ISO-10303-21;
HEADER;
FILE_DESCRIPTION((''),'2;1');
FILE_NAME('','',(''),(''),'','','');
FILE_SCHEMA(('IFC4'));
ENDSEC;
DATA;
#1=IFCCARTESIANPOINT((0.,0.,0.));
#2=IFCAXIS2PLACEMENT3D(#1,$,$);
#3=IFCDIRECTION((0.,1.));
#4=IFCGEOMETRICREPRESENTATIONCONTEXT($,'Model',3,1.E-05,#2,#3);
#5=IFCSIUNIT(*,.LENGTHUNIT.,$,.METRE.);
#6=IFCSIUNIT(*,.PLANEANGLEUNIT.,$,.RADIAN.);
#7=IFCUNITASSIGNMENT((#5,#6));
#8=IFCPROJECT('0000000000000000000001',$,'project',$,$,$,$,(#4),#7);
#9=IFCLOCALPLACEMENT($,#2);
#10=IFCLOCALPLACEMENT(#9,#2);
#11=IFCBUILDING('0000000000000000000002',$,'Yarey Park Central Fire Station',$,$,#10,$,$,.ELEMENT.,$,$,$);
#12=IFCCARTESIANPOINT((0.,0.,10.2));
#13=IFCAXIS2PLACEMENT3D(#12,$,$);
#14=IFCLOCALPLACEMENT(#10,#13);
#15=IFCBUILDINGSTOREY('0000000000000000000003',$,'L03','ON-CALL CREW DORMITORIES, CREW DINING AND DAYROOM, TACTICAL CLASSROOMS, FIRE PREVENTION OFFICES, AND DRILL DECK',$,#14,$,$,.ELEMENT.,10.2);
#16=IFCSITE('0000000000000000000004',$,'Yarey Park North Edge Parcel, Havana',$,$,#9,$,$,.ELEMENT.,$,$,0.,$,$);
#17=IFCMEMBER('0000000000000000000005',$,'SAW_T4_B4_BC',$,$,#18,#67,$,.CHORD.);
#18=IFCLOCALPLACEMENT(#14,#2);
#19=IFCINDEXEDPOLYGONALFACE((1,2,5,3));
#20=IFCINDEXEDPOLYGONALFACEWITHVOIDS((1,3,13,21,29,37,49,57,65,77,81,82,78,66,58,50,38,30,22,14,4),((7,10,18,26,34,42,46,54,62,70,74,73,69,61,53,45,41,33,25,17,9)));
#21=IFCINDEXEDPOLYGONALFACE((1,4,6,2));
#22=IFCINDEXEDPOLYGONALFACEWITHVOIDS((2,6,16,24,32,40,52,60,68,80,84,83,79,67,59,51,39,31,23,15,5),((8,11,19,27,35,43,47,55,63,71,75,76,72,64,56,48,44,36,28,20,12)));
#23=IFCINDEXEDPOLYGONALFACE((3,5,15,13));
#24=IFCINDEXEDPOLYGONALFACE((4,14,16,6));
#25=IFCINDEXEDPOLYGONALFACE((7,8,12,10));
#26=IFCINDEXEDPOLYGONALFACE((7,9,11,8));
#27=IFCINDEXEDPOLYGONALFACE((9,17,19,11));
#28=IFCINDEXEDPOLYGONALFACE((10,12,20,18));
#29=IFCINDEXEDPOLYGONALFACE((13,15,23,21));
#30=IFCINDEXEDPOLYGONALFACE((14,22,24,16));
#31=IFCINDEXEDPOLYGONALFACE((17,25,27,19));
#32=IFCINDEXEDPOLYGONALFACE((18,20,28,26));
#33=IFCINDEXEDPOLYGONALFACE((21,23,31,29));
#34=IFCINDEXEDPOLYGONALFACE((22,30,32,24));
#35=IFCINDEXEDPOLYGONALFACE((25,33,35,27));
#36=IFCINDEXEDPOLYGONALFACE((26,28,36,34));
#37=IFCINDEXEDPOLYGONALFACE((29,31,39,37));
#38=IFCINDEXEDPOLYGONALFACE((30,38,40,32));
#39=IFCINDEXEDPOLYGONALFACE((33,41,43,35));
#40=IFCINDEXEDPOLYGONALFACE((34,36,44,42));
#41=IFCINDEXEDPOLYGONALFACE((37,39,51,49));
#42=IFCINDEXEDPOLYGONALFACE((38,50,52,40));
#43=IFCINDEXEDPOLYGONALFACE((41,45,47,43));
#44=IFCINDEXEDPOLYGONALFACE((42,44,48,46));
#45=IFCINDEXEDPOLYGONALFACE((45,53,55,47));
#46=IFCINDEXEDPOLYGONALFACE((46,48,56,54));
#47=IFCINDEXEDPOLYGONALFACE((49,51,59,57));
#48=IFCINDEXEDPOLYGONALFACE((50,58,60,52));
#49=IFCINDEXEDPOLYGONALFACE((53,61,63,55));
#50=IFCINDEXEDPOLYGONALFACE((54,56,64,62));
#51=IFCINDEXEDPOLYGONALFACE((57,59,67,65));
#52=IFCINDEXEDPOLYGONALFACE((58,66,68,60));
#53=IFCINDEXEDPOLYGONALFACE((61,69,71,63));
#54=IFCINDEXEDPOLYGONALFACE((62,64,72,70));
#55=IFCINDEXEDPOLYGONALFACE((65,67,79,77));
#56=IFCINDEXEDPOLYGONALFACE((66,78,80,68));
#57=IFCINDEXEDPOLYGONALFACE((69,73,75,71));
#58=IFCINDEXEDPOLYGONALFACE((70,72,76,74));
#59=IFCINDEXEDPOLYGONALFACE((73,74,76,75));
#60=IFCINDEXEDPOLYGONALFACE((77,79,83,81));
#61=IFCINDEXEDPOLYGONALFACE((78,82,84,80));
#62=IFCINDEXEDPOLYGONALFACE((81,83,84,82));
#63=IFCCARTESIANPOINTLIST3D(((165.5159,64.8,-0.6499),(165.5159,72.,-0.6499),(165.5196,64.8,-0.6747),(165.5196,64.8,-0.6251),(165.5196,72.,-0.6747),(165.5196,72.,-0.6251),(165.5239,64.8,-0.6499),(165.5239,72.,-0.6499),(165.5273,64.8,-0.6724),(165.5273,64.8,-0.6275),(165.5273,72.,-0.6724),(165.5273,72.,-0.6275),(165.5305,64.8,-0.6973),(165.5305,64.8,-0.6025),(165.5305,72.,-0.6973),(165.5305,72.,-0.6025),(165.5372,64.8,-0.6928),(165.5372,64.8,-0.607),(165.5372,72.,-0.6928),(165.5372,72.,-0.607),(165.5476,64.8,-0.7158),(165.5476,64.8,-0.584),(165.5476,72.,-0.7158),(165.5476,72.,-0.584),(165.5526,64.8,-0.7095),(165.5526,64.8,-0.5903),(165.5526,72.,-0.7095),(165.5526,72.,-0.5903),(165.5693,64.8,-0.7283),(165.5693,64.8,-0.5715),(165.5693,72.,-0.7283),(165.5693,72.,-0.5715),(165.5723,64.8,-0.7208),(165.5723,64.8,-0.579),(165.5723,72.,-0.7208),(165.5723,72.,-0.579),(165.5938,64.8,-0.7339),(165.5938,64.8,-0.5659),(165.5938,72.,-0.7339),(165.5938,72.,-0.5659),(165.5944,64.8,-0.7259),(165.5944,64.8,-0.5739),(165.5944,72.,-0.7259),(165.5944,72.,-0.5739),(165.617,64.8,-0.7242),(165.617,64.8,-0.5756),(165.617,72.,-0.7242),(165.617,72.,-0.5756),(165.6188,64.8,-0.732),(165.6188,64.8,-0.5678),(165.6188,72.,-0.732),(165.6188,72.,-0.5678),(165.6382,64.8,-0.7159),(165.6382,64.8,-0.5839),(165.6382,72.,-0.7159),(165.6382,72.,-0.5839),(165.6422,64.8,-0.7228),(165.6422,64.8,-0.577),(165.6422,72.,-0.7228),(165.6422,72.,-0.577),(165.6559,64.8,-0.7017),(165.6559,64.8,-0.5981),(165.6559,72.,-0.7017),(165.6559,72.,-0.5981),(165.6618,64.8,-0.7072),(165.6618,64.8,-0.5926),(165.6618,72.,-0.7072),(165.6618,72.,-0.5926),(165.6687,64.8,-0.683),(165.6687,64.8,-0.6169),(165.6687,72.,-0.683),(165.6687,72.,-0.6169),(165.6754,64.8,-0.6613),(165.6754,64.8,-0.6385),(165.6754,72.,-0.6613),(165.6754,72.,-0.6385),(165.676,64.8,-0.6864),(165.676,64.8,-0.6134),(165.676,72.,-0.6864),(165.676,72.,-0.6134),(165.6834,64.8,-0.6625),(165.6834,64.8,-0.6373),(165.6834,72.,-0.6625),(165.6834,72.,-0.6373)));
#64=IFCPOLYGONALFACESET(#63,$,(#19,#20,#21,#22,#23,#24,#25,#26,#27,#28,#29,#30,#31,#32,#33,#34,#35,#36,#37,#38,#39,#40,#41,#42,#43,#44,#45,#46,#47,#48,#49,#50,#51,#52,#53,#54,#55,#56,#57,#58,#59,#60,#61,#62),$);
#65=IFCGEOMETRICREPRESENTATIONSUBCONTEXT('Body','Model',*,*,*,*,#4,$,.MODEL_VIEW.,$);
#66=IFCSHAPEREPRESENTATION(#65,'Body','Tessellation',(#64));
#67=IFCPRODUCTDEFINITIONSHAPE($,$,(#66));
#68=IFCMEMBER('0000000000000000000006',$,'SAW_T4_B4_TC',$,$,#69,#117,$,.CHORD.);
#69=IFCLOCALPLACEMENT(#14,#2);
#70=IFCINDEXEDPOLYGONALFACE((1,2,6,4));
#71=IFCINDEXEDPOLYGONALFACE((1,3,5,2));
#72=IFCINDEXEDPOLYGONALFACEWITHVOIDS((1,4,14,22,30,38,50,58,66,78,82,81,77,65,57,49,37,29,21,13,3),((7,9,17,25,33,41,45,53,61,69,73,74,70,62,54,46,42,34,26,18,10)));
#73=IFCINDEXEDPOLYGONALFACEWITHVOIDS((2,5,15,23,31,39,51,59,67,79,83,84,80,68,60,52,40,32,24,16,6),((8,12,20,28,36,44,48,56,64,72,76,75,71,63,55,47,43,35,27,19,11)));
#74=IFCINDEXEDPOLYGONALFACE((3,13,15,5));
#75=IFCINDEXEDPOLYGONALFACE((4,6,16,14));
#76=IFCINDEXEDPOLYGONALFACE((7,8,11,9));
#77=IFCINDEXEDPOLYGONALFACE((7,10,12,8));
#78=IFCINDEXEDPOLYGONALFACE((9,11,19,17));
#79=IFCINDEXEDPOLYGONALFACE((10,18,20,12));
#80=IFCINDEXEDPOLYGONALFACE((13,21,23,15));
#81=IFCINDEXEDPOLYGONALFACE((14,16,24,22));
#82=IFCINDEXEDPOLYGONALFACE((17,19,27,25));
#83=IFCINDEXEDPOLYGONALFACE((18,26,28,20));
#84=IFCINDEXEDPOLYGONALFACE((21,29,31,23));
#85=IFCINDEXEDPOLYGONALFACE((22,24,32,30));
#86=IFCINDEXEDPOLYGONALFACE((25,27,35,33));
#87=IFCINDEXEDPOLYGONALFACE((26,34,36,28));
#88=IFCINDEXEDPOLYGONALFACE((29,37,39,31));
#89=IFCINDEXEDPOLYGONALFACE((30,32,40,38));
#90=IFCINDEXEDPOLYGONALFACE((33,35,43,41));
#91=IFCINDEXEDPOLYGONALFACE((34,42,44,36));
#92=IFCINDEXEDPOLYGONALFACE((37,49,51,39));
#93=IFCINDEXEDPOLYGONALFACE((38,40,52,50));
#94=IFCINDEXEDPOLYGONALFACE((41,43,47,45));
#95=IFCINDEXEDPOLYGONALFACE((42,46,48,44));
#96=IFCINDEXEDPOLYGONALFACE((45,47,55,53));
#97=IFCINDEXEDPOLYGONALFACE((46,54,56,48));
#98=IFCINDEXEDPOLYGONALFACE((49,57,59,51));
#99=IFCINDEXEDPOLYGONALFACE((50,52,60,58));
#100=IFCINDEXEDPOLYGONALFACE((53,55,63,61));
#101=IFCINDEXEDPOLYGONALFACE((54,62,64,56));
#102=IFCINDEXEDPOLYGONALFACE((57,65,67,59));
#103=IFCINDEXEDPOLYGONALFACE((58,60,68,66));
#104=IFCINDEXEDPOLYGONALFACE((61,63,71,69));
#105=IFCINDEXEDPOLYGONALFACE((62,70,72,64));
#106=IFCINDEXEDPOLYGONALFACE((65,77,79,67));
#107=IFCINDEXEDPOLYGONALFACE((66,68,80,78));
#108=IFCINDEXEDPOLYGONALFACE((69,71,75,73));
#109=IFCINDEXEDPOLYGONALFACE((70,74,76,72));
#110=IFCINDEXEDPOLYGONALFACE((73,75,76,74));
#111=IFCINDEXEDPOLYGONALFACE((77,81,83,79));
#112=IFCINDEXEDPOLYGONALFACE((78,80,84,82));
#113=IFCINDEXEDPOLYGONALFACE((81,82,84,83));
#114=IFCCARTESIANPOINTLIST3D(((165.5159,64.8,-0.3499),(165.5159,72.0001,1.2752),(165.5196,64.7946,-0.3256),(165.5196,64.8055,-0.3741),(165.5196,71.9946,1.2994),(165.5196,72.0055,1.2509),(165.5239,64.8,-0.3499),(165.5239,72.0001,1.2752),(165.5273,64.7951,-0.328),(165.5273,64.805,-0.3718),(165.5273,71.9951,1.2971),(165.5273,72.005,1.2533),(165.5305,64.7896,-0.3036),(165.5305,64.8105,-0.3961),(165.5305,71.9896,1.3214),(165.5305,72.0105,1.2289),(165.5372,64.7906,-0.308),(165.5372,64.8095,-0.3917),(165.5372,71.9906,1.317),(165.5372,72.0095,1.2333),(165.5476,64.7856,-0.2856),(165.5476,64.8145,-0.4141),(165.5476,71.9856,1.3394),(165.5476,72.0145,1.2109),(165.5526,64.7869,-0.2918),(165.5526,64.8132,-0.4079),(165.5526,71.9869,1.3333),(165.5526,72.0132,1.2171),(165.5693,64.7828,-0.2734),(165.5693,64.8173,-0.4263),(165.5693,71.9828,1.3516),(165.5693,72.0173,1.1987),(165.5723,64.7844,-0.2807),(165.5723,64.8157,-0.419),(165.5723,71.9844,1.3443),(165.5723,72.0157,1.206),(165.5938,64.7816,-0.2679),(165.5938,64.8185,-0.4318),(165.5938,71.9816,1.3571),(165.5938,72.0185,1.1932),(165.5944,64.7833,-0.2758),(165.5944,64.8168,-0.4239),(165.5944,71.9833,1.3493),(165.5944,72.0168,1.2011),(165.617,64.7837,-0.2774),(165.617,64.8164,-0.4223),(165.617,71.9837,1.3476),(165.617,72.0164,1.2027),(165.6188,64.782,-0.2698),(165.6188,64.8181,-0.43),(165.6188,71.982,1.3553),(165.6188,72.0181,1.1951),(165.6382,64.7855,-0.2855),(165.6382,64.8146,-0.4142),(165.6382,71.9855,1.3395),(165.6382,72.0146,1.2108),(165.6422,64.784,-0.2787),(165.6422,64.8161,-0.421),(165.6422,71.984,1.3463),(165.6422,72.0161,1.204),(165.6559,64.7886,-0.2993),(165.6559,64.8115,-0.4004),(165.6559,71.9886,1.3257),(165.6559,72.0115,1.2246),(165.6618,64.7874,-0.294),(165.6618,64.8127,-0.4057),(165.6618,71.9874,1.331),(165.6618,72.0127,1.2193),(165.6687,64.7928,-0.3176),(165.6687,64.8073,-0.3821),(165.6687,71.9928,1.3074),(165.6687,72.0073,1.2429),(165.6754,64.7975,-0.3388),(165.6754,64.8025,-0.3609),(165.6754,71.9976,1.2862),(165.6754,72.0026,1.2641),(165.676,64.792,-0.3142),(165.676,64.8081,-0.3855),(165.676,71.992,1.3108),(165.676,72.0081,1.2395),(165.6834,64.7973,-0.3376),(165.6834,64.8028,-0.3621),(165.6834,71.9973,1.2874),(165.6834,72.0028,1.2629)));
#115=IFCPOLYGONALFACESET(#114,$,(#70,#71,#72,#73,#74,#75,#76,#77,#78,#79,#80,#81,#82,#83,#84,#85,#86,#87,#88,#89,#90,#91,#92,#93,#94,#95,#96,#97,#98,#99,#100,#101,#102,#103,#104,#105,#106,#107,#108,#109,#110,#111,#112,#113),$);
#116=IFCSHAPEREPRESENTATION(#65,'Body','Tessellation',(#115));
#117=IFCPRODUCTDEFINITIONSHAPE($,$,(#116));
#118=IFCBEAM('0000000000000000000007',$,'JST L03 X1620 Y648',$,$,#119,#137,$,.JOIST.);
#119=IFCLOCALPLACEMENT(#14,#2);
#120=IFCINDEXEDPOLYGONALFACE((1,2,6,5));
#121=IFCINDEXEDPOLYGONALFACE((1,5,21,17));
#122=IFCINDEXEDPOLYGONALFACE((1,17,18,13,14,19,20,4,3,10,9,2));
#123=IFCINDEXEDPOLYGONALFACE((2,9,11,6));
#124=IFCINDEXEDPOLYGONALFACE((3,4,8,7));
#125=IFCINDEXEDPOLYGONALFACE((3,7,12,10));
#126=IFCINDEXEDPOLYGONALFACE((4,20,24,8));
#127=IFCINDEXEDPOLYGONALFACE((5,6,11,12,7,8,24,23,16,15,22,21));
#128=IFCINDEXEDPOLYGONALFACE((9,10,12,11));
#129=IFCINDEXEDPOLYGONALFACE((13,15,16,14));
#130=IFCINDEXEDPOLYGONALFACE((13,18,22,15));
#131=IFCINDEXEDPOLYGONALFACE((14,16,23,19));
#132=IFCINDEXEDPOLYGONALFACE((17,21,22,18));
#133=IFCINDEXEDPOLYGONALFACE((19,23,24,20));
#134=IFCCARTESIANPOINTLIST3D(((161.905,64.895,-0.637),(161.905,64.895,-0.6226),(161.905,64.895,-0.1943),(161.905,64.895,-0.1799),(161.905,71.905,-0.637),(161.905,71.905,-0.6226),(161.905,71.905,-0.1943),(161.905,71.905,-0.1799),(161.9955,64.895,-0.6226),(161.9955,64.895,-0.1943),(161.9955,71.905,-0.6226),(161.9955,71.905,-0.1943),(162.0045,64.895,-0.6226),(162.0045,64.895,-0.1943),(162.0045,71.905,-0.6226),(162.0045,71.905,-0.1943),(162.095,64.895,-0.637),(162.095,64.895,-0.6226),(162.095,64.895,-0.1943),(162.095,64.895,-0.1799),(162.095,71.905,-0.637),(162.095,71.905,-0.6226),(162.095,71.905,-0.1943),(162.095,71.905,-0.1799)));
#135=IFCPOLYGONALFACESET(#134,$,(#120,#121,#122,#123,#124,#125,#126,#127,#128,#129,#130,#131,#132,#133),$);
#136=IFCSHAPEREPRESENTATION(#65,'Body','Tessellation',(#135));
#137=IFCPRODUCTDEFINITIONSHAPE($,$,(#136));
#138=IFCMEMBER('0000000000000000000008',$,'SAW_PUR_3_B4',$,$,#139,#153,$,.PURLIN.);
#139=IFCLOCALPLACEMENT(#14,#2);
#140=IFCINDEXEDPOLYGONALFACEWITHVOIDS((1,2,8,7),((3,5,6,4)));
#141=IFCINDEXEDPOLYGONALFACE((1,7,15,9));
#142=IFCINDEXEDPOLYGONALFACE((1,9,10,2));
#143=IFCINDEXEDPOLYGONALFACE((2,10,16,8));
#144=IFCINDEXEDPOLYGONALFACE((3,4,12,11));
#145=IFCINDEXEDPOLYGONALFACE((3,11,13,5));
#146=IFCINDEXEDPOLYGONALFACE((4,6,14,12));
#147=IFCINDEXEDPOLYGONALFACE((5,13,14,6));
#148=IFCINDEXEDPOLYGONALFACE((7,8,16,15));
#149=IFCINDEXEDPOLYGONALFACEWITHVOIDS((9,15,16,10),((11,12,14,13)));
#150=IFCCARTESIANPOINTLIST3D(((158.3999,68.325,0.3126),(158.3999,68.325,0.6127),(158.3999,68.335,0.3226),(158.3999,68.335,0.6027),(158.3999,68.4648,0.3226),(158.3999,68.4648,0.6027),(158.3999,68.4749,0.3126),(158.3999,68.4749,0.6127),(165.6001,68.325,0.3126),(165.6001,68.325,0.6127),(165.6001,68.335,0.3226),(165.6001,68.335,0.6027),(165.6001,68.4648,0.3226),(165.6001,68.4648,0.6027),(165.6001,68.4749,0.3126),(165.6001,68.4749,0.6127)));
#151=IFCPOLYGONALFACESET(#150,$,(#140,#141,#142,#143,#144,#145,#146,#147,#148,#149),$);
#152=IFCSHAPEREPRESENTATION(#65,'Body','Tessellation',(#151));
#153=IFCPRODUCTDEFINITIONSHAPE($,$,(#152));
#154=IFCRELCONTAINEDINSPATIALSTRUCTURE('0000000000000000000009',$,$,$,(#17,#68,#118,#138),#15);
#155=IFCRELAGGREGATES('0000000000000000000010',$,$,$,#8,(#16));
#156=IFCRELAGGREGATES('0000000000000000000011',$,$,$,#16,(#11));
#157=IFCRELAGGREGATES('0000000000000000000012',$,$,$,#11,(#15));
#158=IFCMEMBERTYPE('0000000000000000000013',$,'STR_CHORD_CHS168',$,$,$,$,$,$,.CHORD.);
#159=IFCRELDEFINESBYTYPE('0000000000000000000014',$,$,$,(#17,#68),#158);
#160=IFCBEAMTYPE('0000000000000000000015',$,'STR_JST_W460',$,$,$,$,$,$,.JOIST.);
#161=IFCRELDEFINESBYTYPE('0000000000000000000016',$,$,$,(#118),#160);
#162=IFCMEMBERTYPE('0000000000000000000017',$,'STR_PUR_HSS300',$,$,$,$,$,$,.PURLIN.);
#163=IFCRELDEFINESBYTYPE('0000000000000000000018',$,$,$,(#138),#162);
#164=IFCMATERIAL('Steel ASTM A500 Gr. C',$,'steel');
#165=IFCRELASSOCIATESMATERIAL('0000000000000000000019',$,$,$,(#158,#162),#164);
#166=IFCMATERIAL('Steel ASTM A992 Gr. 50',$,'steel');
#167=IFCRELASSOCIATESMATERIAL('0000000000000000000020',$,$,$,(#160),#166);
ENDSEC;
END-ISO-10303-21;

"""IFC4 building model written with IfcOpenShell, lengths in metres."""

from ifc_helpers import new_model, si_unit, direction, frame, origin, origin_2d, place, context, subcontext, project, spatial, hollow_rectangle, hollow_circle, i_section, extrude, material, material_profile, profile_set, type_object, element, save


model = new_model("IFC4")

# Units and contexts
model_context = context("Model", 3, precision=1e-05, world=origin(), true_north=direction((0.0, 1.0)))
body_context = subcontext(model_context, "Body", "Model", "MODEL_VIEW")
ifc_project = project(units=[si_unit("LENGTHUNIT", "METRE"), si_unit("PLANEANGLEUNIT", "RADIAN")], contexts=[model_context])

# Site, building, storey
site_placement = place(None, origin())
site = spatial("IfcSite", under=ifc_project, at=site_placement, Name="Yarey Park North Edge Parcel, Havana", CompositionType="ELEMENT", RefElevation=0.0)
building_placement = place(site_placement, origin())
building = spatial("IfcBuilding", under=site, at=building_placement, Name="Yarey Park Central Fire Station", CompositionType="ELEMENT")
storey_placement = place(building_placement, frame((0.0, 0.0, 10.2)))
storey = spatial("IfcBuildingStorey", under=building, at=storey_placement, Name="L03", Description="ON-CALL CREW DORMITORIES, CREW DINING AND DAYROOM, TACTICAL CLASSROOMS, FIRE PREVENTION OFFICES, AND DRILL DECK", CompositionType="ELEMENT", Elevation=10.2)

# Shared definitions
ifc_material_1 = material(Name="Steel ASTM A992 Gr. 50", Category="steel")

# Members
ifc_material_2 = material(Name="Steel ASTM A500 Gr. C", Category="steel")
ifc_material_profile_1 = material_profile(ifc_material_2, hollow_circle(Radius=0.0842, WallThickness=0.0081, at=origin_2d()), Name="CHS 168.3x8")
ifc_profile_set_1 = profile_set([ifc_material_profile_1], Name="Steel ASTM A500 Gr. C")
member_type_1 = type_object("IfcMemberType", Name="STR_CHORD_CHS168", PredefinedType="CHORD", material=ifc_profile_set_1)
member_1_placement = place(storey_placement, frame((165.6001, 64.8, -0.6499), z_axis=(0.0, 1.0, 0.0), x_axis=(-1.0, 0.0, 0.0)))
element("IfcMember", 1, at=member_1_placement, inside=storey, type_object=member_type_1, Name="SAW_T4_B4_BC", PredefinedType="CHORD", context=body_context, shape_type="SweptSolid", body=[
    extrude(hollow_circle(Radius=0.0842, WallThickness=0.0081, at=origin_2d()), origin(), (0.0, 0.0, 1.0), 7.2),
])
member_2_placement = place(storey_placement, frame((165.6001, 64.8, -0.3499), z_axis=(0.0, 0.975464, 0.220158), x_axis=(-1.0, 0.0, 0.0)))
element("IfcMember", 2, at=member_2_placement, inside=storey, type_object=member_type_1, Name="SAW_T4_B4_TC", PredefinedType="CHORD", context=body_context, shape_type="SweptSolid", body=[
    extrude(hollow_circle(Radius=0.0842, WallThickness=0.0081, at=origin_2d()), origin(), (0.0, 0.0, 1.0), 7.3811),
])

# Beam
ifc_material_profile_2 = material_profile(ifc_material_1, i_section(OverallWidth=0.1899, OverallDepth=0.457, WebThickness=0.009, FlangeThickness=0.0144, at=origin_2d()), Name="W460x74")
ifc_profile_set_2 = profile_set([ifc_material_profile_2], Name="Steel ASTM A992 Gr. 50")
beam_type_1 = type_object("IfcBeamType", Name="STR_JST_W460", PredefinedType="JOIST", material=ifc_profile_set_2)
beam_1_placement = place(storey_placement, frame((162.0, 64.895, -0.4084), z_axis=(0.0, 1.0, 0.0), x_axis=(-1.0, 0.0, 0.0)))
element("IfcBeam", 3, at=beam_1_placement, inside=storey, type_object=beam_type_1, Name="JST L03 X1620 Y648", PredefinedType="JOIST", context=body_context, shape_type="SweptSolid", body=[
    extrude(i_section(OverallWidth=0.1899, OverallDepth=0.457, WebThickness=0.009, FlangeThickness=0.0144, at=origin_2d()), origin(), (0.0, 0.0, 1.0), 7.01),
])

# Member
ifc_material_profile_3 = material_profile(ifc_material_2, hollow_rectangle(XDim=0.1499, YDim=0.3, WallThickness=0.01, at=origin_2d()), Name="HSS 300x150x10")
ifc_profile_set_3 = profile_set([ifc_material_profile_3], Name="Steel ASTM A500 Gr. C")
member_type_2 = type_object("IfcMemberType", Name="STR_PUR_HSS300", PredefinedType="PURLIN", material=ifc_profile_set_3)
member_3_placement = place(storey_placement, frame((158.3999, 68.3999, 0.4626), z_axis=(1.0, 0.0, 0.0), x_axis=(0.0, 1.0, 0.0)))
element("IfcMember", 4, at=member_3_placement, inside=storey, type_object=member_type_2, Name="SAW_PUR_3_B4", PredefinedType="PURLIN", context=body_context, shape_type="SweptSolid", body=[
    extrude(hollow_rectangle(XDim=0.1499, YDim=0.3, WallThickness=0.01, at=origin_2d()), origin(), (0.0, 0.0, 1.0), 7.2002),
])

save(model, "model.ifc")
